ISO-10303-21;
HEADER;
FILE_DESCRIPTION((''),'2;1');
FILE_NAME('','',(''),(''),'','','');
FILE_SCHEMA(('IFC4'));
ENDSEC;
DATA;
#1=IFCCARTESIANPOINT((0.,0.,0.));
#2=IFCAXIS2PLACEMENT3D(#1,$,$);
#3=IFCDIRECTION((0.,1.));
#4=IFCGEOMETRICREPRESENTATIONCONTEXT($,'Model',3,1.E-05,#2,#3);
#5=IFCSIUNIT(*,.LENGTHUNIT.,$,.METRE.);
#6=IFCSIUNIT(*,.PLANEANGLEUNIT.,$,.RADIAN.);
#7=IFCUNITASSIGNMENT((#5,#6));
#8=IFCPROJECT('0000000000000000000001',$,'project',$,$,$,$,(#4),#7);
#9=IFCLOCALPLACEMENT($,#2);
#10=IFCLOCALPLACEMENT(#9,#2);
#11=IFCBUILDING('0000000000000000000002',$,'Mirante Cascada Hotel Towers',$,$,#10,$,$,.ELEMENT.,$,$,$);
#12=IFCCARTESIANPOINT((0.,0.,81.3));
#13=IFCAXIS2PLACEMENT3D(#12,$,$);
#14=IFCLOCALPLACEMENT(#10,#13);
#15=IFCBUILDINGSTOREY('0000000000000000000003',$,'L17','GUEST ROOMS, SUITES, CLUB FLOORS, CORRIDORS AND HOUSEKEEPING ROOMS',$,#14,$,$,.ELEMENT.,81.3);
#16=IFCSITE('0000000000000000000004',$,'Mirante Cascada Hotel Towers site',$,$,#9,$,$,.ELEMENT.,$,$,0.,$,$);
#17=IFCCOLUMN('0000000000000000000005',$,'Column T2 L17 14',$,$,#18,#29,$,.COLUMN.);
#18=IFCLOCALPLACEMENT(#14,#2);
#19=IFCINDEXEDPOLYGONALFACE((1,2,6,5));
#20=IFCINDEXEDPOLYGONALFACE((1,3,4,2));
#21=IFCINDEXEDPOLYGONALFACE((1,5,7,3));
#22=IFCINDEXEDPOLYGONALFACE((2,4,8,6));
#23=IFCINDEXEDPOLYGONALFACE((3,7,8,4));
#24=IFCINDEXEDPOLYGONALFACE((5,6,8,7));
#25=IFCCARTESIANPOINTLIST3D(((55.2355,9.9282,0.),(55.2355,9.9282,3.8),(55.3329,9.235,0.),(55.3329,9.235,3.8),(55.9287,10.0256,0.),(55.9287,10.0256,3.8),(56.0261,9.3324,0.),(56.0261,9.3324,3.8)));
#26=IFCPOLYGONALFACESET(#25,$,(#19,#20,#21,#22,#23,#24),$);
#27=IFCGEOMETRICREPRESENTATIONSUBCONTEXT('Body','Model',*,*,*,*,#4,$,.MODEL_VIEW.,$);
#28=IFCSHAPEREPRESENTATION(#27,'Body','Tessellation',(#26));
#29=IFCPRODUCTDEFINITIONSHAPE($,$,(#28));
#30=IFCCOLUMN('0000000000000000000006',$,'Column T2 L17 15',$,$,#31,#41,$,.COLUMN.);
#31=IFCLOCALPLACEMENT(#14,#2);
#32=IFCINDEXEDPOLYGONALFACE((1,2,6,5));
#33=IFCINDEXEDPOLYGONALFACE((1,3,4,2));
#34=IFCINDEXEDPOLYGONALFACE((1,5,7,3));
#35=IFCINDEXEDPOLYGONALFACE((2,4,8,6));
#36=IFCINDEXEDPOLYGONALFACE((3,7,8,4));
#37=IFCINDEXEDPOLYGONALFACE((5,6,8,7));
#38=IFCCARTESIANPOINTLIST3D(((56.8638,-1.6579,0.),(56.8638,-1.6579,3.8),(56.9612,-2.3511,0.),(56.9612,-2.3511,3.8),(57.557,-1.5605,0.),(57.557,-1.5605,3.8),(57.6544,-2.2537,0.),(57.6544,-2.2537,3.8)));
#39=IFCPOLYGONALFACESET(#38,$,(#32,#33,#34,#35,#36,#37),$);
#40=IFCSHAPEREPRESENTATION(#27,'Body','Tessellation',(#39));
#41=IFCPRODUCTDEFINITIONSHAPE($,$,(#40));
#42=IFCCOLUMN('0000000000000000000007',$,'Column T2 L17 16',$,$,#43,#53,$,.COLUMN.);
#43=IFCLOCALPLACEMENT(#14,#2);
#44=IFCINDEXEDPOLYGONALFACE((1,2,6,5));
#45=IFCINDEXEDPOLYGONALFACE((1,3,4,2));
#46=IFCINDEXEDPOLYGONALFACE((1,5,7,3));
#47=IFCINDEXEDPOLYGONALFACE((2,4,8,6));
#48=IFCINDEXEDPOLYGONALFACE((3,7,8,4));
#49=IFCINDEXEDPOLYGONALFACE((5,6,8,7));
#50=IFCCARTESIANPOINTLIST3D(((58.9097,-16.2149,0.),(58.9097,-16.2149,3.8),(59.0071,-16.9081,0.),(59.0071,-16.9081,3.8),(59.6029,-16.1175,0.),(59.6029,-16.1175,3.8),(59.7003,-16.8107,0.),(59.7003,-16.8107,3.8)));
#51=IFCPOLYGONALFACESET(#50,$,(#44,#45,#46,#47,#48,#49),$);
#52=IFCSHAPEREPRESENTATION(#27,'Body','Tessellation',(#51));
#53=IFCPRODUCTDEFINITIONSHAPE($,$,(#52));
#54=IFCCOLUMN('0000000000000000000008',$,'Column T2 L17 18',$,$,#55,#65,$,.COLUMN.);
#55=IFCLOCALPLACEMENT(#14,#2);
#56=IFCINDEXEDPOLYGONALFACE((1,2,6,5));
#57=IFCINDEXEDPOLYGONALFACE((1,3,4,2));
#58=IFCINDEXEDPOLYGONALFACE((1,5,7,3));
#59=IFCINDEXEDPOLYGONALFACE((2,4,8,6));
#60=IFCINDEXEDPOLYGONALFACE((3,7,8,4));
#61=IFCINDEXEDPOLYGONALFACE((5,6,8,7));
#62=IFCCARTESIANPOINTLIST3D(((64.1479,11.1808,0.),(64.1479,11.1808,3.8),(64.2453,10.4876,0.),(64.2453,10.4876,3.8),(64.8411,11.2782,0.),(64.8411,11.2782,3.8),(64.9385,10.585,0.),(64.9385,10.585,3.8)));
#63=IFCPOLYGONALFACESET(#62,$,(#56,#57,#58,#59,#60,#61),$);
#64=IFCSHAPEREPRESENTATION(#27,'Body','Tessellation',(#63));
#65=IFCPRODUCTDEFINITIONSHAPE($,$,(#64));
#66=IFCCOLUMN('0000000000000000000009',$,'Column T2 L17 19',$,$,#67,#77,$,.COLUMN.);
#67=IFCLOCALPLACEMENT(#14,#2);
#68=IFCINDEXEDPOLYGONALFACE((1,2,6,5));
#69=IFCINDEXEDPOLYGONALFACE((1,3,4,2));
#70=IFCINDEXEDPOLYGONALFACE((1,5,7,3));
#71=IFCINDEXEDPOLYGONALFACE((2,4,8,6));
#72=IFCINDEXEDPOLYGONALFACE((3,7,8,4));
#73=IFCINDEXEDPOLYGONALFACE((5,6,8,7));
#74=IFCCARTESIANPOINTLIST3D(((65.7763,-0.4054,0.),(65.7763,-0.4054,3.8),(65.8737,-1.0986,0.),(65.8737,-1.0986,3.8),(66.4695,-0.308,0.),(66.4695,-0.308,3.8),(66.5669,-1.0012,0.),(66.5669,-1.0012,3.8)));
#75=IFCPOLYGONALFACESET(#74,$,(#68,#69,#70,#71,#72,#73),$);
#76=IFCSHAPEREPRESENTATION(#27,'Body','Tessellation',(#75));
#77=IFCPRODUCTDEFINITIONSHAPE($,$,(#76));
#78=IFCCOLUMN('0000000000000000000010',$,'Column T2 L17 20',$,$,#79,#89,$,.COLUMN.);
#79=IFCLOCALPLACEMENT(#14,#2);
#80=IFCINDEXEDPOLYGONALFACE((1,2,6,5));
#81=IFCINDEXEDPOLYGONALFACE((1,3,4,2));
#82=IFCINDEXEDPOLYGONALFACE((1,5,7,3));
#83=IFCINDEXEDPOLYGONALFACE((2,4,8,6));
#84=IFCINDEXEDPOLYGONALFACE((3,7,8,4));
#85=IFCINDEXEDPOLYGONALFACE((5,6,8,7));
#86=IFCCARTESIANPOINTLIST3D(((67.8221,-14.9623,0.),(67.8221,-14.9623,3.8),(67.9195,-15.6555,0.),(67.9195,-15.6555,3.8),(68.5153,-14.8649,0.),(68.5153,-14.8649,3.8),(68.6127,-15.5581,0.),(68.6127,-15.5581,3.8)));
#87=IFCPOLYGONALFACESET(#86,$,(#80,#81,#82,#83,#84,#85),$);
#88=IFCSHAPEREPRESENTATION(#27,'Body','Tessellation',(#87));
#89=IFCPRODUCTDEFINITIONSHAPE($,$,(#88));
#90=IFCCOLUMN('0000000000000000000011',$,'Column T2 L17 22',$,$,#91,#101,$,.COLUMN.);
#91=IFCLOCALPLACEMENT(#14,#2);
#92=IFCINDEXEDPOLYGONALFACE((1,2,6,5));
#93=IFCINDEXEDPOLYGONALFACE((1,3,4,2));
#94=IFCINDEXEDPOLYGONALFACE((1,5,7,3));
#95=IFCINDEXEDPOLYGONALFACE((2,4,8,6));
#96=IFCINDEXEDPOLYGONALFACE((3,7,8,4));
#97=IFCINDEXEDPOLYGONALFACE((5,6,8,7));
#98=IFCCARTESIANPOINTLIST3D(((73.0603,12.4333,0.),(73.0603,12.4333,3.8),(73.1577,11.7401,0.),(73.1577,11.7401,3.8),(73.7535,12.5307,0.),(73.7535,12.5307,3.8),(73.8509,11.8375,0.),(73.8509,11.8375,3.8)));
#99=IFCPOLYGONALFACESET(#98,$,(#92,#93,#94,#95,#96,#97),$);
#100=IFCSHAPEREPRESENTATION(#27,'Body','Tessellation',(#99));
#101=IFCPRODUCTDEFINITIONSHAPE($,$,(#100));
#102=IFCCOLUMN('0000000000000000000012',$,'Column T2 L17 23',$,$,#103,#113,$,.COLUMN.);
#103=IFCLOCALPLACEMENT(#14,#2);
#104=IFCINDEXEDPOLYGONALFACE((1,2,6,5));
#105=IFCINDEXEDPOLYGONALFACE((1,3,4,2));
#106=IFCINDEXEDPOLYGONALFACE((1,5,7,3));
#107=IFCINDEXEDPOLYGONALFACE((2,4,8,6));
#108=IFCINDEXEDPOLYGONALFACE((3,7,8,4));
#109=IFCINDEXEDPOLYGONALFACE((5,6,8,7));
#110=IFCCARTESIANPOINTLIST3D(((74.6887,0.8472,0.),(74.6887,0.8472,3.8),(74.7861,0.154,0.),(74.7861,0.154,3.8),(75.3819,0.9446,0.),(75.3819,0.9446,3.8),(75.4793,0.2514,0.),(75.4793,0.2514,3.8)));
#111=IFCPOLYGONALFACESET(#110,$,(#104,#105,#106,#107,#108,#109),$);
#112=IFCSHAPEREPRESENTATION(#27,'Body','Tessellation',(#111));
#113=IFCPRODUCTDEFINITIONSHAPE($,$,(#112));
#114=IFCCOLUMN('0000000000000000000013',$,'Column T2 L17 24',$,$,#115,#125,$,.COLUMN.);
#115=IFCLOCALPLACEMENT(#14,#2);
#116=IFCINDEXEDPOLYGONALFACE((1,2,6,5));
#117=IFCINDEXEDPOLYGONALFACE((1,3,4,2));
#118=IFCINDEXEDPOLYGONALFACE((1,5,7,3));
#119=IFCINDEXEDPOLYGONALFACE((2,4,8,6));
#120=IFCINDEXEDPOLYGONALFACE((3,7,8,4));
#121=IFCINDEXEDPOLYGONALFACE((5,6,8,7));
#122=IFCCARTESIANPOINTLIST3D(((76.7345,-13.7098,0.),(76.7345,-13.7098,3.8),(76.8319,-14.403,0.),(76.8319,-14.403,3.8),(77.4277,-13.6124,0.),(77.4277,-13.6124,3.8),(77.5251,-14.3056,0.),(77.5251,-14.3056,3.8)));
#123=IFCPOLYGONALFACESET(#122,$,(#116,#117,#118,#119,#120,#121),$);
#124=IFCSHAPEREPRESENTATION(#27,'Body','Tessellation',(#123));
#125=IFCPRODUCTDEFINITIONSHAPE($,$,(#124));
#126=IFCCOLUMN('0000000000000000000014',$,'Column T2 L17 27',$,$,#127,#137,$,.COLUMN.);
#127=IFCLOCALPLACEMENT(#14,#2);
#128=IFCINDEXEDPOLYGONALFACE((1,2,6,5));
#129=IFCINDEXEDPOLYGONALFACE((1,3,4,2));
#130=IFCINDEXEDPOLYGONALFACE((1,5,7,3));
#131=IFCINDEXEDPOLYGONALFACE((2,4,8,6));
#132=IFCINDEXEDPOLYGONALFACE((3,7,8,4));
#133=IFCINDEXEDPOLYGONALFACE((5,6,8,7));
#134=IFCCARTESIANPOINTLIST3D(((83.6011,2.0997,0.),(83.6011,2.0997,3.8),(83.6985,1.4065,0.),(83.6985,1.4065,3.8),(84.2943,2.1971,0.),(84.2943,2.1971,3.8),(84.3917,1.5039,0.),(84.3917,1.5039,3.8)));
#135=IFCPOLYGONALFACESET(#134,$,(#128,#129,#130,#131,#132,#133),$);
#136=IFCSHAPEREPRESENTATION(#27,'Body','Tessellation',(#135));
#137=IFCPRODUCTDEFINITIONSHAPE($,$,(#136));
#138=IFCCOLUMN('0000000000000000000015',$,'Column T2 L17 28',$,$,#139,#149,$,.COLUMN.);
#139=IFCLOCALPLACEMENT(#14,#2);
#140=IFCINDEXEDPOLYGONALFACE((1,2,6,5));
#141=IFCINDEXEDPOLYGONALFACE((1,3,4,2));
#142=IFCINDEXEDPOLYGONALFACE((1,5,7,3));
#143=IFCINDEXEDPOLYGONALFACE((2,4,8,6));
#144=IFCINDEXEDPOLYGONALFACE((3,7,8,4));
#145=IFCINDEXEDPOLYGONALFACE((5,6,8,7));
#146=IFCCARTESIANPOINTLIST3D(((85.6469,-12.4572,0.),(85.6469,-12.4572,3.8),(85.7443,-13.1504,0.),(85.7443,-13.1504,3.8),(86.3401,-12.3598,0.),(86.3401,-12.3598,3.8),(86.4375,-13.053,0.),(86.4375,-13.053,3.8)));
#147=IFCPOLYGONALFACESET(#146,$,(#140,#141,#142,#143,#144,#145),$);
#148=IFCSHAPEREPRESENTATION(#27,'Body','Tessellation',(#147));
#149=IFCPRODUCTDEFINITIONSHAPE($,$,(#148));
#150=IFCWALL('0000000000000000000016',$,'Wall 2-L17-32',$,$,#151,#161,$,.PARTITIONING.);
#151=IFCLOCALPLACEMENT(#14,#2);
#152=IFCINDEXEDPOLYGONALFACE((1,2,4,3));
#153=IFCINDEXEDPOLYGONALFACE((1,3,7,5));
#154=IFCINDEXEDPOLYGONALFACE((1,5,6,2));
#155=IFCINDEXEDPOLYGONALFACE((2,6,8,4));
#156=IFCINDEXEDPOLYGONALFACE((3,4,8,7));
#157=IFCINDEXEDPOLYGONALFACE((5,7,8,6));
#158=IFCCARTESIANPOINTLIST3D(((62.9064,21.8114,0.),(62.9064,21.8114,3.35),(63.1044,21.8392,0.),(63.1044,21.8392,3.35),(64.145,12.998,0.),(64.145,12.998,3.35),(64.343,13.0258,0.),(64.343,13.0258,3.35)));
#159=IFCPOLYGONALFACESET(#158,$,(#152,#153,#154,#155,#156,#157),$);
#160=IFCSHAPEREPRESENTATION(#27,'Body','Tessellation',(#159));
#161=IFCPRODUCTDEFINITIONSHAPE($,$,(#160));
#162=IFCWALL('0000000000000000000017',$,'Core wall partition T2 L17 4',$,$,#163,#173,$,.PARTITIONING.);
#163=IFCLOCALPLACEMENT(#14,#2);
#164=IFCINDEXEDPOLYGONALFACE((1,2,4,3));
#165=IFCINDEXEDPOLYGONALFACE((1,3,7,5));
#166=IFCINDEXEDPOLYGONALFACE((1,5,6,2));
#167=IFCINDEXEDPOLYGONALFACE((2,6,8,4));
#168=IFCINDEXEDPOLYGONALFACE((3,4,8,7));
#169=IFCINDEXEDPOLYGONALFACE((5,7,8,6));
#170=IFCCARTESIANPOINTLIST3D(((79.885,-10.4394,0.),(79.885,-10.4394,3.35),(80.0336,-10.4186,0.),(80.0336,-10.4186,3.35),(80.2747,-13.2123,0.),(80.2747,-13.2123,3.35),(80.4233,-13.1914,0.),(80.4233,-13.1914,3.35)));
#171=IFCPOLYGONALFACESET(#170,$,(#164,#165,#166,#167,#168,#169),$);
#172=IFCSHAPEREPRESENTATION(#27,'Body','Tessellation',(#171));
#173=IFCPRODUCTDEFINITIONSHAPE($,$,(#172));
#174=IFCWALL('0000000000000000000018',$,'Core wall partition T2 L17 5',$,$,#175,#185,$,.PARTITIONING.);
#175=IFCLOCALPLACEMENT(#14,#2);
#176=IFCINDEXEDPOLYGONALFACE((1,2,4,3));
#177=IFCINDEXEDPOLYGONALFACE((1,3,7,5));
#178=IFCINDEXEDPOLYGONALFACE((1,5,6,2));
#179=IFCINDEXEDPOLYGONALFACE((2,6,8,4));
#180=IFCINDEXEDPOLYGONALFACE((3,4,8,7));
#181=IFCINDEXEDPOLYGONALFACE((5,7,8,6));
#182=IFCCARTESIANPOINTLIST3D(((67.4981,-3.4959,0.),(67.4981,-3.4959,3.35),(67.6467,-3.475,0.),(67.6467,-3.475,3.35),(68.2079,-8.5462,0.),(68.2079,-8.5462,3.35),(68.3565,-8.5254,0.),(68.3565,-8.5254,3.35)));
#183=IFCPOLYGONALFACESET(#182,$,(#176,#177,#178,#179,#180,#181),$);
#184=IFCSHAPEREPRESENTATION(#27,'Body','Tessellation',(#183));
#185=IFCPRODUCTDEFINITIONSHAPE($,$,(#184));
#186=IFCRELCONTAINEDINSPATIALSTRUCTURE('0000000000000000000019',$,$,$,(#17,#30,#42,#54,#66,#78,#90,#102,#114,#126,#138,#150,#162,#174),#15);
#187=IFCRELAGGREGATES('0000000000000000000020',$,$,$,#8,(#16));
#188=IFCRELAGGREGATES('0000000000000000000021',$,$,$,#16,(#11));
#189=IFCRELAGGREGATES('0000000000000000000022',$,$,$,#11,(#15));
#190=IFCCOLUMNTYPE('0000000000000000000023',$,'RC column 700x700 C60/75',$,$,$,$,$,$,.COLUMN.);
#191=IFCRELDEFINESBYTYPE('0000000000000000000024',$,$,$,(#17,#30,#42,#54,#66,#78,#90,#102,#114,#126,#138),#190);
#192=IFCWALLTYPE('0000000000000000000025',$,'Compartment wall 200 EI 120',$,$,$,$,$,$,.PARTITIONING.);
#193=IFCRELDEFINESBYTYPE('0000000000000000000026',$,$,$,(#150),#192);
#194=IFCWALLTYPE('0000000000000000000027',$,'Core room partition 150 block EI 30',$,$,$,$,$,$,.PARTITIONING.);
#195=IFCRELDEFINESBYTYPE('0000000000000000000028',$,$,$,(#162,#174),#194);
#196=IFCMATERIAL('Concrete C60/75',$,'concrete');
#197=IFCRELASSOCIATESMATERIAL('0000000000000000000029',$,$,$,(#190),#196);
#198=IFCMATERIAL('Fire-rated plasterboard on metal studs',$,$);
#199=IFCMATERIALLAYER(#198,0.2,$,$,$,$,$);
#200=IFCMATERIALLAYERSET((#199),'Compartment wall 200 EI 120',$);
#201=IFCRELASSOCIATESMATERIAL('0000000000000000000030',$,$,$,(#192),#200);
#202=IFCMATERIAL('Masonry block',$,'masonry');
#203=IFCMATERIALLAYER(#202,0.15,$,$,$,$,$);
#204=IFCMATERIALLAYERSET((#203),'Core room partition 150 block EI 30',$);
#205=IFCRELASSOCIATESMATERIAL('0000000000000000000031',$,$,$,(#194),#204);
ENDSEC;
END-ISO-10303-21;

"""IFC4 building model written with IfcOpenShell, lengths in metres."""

from ifc_helpers import new_model, si_unit, direction, frame, frame_2d, origin, origin_2d, place, context, subcontext, project, spatial, rectangle, extrude, material, layer, layer_set, material_profile, profile_set, type_object, element, save


model = new_model("IFC4")

# Units and contexts
model_context = context("Model", 3, precision=1e-05, world=origin(), true_north=direction((0.0, 1.0)))
body_context = subcontext(model_context, "Body", "Model", "MODEL_VIEW")
ifc_project = project(units=[si_unit("LENGTHUNIT", "METRE"), si_unit("PLANEANGLEUNIT", "RADIAN")], contexts=[model_context])

# Site, building, storey
site_placement = place(None, origin())
site = spatial("IfcSite", under=ifc_project, at=site_placement, Name="Mirante Cascada Hotel Towers site", CompositionType="ELEMENT", RefElevation=0.0)
building_placement = place(site_placement, origin())
building = spatial("IfcBuilding", under=site, at=building_placement, Name="Mirante Cascada Hotel Towers", CompositionType="ELEMENT")
storey_placement = place(building_placement, frame((0.0, 0.0, 81.3)))
storey = spatial("IfcBuildingStorey", under=building, at=storey_placement, Name="L17", Description="GUEST ROOMS, SUITES, CLUB FLOORS, CORRIDORS AND HOUSEKEEPING ROOMS", CompositionType="ELEMENT", Elevation=81.3)

# Columns
ifc_material_1 = material(Name="Concrete C60/75", Category="concrete")
ifc_material_profile = material_profile(ifc_material_1, rectangle(XDim=0.7, YDim=0.7, at=origin_2d()), Name="RC column 700x700 C60/75")
ifc_profile_set = profile_set([ifc_material_profile], Name="Concrete C60/75")
column_type = type_object("IfcColumnType", Name="RC column 700x700 C60/75", PredefinedType="COLUMN", material=ifc_profile_set)
for number, where, z_axis, x_axis, name in (
    (1, (55.6308, 9.6303, 0.0), (0.0, 0.0, 1.0), (0.990268, 0.139173, 0.0), "Column T2 L17 14"),
    (2, (57.2591, -1.9558, 0.0), (0.0, 0.0, 1.0), (0.990268, 0.139173, 0.0), "Column T2 L17 15"),
    (3, (59.305, -16.5128, 0.0), (0.0, 0.0, 1.0), (0.990268, 0.139173, 0.0), "Column T2 L17 16"),
    (4, (64.5432, 10.8829, 0.0), (0.0, 0.0, 1.0), (0.990268, 0.139173, 0.0), "Column T2 L17 18"),
    (5, (66.1716, -0.7033, 0.0), (0.0, 0.0, 1.0), (0.990268, 0.139173, 0.0), "Column T2 L17 19"),
    (6, (68.2174, -15.2602, 0.0), (0.0, 0.0, 1.0), (0.990268, 0.139173, 0.0), "Column T2 L17 20"),
    (7, (73.4556, 12.1354, 0.0), (0.0, 0.0, 1.0), (0.990268, 0.139173, 0.0), "Column T2 L17 22"),
    (8, (75.084, 0.5493, 0.0), (0.0, 0.0, 1.0), (0.990268, 0.139173, 0.0), "Column T2 L17 23"),
    (9, (77.1298, -14.0077, 0.0), (0.0, 0.0, 1.0), (0.990268, 0.139173, 0.0), "Column T2 L17 24"),
    (10, (83.9964, 1.8018, 0.0), (0.0, 0.0, 1.0), (0.990268, 0.139173, 0.0), "Column T2 L17 27"),
    (11, (86.0422, -12.7551, 0.0), (0.0, 0.0, 1.0), (0.990268, 0.139173, 0.0), "Column T2 L17 28"),
):
    element("IfcColumn", number, at=place(storey_placement, frame(where, z_axis=z_axis, x_axis=x_axis)), inside=storey, type_object=column_type, Name=name, PredefinedType="COLUMN", context=body_context, shape_type="SweptSolid", body=[
        extrude(rectangle(XDim=0.7, YDim=0.7, at=origin_2d()), origin(), (0.0, 0.0, 1.0), 3.8),
    ])

# Walls
ifc_material_2 = material(Name="Fire-rated plasterboard on metal studs")
ifc_layer_1 = layer(ifc_material_2, 0.2)
ifc_layer_set_1 = layer_set([ifc_layer_1], Name="Compartment wall 200 EI 120")
wall_type_1 = type_object("IfcWallType", Name="Compartment wall 200 EI 120", PredefinedType="PARTITIONING", material=ifc_layer_set_1)
wall_1_placement = place(storey_placement, frame((64.244, 13.0119, 0.0), z_axis=(0.0, 0.0, 1.0), x_axis=(-0.139168, 0.990269, 0.0)))
element("IfcWall", 12, at=wall_1_placement, inside=storey, type_object=wall_type_1, Name="Wall 2-L17-32", PredefinedType="PARTITIONING", context=body_context, shape_type="SweptSolid", body=[
    extrude(rectangle(XDim=8.9, YDim=0.2, at=frame_2d((4.45, 0.0))), origin(), (0.0, 0.0, 1.0), 3.35),
])
ifc_material_3 = material(Name="Masonry block", Category="masonry")
ifc_layer_2 = layer(ifc_material_3, 0.15)
ifc_layer_set_2 = layer_set([ifc_layer_2], Name="Core room partition 150 block EI 30")
wall_type_2 = type_object("IfcWallType", Name="Core room partition 150 block EI 30", PredefinedType="PARTITIONING", material=ifc_layer_set_2)
wall_2_placement = place(storey_placement, frame((80.349, -13.2018, 0.0), z_axis=(0.0, 0.0, 1.0), x_axis=(-0.139176, 0.990268, 0.0)))
element("IfcWall", 13, at=wall_2_placement, inside=storey, type_object=wall_type_2, Name="Core wall partition T2 L17 4", PredefinedType="PARTITIONING", context=body_context, shape_type="SweptSolid", body=[
    extrude(rectangle(XDim=2.8001, YDim=0.15, at=frame_2d((1.4, 0.0))), origin(), (0.0, 0.0, 1.0), 3.35),
])
wall_3_placement = place(storey_placement, frame((68.2822, -8.5358, 0.0), z_axis=(0.0, 0.0, 1.0), x_axis=(-0.139176, 0.990268, 0.0)))
element("IfcWall", 14, at=wall_3_placement, inside=storey, type_object=wall_type_2, Name="Core wall partition T2 L17 5", PredefinedType="PARTITIONING", context=body_context, shape_type="SweptSolid", body=[
    extrude(rectangle(XDim=5.1, YDim=0.15, at=frame_2d((2.55, 0.0))), origin(), (0.0, 0.0, 1.0), 3.35),
])

save(model, "model.ifc")
